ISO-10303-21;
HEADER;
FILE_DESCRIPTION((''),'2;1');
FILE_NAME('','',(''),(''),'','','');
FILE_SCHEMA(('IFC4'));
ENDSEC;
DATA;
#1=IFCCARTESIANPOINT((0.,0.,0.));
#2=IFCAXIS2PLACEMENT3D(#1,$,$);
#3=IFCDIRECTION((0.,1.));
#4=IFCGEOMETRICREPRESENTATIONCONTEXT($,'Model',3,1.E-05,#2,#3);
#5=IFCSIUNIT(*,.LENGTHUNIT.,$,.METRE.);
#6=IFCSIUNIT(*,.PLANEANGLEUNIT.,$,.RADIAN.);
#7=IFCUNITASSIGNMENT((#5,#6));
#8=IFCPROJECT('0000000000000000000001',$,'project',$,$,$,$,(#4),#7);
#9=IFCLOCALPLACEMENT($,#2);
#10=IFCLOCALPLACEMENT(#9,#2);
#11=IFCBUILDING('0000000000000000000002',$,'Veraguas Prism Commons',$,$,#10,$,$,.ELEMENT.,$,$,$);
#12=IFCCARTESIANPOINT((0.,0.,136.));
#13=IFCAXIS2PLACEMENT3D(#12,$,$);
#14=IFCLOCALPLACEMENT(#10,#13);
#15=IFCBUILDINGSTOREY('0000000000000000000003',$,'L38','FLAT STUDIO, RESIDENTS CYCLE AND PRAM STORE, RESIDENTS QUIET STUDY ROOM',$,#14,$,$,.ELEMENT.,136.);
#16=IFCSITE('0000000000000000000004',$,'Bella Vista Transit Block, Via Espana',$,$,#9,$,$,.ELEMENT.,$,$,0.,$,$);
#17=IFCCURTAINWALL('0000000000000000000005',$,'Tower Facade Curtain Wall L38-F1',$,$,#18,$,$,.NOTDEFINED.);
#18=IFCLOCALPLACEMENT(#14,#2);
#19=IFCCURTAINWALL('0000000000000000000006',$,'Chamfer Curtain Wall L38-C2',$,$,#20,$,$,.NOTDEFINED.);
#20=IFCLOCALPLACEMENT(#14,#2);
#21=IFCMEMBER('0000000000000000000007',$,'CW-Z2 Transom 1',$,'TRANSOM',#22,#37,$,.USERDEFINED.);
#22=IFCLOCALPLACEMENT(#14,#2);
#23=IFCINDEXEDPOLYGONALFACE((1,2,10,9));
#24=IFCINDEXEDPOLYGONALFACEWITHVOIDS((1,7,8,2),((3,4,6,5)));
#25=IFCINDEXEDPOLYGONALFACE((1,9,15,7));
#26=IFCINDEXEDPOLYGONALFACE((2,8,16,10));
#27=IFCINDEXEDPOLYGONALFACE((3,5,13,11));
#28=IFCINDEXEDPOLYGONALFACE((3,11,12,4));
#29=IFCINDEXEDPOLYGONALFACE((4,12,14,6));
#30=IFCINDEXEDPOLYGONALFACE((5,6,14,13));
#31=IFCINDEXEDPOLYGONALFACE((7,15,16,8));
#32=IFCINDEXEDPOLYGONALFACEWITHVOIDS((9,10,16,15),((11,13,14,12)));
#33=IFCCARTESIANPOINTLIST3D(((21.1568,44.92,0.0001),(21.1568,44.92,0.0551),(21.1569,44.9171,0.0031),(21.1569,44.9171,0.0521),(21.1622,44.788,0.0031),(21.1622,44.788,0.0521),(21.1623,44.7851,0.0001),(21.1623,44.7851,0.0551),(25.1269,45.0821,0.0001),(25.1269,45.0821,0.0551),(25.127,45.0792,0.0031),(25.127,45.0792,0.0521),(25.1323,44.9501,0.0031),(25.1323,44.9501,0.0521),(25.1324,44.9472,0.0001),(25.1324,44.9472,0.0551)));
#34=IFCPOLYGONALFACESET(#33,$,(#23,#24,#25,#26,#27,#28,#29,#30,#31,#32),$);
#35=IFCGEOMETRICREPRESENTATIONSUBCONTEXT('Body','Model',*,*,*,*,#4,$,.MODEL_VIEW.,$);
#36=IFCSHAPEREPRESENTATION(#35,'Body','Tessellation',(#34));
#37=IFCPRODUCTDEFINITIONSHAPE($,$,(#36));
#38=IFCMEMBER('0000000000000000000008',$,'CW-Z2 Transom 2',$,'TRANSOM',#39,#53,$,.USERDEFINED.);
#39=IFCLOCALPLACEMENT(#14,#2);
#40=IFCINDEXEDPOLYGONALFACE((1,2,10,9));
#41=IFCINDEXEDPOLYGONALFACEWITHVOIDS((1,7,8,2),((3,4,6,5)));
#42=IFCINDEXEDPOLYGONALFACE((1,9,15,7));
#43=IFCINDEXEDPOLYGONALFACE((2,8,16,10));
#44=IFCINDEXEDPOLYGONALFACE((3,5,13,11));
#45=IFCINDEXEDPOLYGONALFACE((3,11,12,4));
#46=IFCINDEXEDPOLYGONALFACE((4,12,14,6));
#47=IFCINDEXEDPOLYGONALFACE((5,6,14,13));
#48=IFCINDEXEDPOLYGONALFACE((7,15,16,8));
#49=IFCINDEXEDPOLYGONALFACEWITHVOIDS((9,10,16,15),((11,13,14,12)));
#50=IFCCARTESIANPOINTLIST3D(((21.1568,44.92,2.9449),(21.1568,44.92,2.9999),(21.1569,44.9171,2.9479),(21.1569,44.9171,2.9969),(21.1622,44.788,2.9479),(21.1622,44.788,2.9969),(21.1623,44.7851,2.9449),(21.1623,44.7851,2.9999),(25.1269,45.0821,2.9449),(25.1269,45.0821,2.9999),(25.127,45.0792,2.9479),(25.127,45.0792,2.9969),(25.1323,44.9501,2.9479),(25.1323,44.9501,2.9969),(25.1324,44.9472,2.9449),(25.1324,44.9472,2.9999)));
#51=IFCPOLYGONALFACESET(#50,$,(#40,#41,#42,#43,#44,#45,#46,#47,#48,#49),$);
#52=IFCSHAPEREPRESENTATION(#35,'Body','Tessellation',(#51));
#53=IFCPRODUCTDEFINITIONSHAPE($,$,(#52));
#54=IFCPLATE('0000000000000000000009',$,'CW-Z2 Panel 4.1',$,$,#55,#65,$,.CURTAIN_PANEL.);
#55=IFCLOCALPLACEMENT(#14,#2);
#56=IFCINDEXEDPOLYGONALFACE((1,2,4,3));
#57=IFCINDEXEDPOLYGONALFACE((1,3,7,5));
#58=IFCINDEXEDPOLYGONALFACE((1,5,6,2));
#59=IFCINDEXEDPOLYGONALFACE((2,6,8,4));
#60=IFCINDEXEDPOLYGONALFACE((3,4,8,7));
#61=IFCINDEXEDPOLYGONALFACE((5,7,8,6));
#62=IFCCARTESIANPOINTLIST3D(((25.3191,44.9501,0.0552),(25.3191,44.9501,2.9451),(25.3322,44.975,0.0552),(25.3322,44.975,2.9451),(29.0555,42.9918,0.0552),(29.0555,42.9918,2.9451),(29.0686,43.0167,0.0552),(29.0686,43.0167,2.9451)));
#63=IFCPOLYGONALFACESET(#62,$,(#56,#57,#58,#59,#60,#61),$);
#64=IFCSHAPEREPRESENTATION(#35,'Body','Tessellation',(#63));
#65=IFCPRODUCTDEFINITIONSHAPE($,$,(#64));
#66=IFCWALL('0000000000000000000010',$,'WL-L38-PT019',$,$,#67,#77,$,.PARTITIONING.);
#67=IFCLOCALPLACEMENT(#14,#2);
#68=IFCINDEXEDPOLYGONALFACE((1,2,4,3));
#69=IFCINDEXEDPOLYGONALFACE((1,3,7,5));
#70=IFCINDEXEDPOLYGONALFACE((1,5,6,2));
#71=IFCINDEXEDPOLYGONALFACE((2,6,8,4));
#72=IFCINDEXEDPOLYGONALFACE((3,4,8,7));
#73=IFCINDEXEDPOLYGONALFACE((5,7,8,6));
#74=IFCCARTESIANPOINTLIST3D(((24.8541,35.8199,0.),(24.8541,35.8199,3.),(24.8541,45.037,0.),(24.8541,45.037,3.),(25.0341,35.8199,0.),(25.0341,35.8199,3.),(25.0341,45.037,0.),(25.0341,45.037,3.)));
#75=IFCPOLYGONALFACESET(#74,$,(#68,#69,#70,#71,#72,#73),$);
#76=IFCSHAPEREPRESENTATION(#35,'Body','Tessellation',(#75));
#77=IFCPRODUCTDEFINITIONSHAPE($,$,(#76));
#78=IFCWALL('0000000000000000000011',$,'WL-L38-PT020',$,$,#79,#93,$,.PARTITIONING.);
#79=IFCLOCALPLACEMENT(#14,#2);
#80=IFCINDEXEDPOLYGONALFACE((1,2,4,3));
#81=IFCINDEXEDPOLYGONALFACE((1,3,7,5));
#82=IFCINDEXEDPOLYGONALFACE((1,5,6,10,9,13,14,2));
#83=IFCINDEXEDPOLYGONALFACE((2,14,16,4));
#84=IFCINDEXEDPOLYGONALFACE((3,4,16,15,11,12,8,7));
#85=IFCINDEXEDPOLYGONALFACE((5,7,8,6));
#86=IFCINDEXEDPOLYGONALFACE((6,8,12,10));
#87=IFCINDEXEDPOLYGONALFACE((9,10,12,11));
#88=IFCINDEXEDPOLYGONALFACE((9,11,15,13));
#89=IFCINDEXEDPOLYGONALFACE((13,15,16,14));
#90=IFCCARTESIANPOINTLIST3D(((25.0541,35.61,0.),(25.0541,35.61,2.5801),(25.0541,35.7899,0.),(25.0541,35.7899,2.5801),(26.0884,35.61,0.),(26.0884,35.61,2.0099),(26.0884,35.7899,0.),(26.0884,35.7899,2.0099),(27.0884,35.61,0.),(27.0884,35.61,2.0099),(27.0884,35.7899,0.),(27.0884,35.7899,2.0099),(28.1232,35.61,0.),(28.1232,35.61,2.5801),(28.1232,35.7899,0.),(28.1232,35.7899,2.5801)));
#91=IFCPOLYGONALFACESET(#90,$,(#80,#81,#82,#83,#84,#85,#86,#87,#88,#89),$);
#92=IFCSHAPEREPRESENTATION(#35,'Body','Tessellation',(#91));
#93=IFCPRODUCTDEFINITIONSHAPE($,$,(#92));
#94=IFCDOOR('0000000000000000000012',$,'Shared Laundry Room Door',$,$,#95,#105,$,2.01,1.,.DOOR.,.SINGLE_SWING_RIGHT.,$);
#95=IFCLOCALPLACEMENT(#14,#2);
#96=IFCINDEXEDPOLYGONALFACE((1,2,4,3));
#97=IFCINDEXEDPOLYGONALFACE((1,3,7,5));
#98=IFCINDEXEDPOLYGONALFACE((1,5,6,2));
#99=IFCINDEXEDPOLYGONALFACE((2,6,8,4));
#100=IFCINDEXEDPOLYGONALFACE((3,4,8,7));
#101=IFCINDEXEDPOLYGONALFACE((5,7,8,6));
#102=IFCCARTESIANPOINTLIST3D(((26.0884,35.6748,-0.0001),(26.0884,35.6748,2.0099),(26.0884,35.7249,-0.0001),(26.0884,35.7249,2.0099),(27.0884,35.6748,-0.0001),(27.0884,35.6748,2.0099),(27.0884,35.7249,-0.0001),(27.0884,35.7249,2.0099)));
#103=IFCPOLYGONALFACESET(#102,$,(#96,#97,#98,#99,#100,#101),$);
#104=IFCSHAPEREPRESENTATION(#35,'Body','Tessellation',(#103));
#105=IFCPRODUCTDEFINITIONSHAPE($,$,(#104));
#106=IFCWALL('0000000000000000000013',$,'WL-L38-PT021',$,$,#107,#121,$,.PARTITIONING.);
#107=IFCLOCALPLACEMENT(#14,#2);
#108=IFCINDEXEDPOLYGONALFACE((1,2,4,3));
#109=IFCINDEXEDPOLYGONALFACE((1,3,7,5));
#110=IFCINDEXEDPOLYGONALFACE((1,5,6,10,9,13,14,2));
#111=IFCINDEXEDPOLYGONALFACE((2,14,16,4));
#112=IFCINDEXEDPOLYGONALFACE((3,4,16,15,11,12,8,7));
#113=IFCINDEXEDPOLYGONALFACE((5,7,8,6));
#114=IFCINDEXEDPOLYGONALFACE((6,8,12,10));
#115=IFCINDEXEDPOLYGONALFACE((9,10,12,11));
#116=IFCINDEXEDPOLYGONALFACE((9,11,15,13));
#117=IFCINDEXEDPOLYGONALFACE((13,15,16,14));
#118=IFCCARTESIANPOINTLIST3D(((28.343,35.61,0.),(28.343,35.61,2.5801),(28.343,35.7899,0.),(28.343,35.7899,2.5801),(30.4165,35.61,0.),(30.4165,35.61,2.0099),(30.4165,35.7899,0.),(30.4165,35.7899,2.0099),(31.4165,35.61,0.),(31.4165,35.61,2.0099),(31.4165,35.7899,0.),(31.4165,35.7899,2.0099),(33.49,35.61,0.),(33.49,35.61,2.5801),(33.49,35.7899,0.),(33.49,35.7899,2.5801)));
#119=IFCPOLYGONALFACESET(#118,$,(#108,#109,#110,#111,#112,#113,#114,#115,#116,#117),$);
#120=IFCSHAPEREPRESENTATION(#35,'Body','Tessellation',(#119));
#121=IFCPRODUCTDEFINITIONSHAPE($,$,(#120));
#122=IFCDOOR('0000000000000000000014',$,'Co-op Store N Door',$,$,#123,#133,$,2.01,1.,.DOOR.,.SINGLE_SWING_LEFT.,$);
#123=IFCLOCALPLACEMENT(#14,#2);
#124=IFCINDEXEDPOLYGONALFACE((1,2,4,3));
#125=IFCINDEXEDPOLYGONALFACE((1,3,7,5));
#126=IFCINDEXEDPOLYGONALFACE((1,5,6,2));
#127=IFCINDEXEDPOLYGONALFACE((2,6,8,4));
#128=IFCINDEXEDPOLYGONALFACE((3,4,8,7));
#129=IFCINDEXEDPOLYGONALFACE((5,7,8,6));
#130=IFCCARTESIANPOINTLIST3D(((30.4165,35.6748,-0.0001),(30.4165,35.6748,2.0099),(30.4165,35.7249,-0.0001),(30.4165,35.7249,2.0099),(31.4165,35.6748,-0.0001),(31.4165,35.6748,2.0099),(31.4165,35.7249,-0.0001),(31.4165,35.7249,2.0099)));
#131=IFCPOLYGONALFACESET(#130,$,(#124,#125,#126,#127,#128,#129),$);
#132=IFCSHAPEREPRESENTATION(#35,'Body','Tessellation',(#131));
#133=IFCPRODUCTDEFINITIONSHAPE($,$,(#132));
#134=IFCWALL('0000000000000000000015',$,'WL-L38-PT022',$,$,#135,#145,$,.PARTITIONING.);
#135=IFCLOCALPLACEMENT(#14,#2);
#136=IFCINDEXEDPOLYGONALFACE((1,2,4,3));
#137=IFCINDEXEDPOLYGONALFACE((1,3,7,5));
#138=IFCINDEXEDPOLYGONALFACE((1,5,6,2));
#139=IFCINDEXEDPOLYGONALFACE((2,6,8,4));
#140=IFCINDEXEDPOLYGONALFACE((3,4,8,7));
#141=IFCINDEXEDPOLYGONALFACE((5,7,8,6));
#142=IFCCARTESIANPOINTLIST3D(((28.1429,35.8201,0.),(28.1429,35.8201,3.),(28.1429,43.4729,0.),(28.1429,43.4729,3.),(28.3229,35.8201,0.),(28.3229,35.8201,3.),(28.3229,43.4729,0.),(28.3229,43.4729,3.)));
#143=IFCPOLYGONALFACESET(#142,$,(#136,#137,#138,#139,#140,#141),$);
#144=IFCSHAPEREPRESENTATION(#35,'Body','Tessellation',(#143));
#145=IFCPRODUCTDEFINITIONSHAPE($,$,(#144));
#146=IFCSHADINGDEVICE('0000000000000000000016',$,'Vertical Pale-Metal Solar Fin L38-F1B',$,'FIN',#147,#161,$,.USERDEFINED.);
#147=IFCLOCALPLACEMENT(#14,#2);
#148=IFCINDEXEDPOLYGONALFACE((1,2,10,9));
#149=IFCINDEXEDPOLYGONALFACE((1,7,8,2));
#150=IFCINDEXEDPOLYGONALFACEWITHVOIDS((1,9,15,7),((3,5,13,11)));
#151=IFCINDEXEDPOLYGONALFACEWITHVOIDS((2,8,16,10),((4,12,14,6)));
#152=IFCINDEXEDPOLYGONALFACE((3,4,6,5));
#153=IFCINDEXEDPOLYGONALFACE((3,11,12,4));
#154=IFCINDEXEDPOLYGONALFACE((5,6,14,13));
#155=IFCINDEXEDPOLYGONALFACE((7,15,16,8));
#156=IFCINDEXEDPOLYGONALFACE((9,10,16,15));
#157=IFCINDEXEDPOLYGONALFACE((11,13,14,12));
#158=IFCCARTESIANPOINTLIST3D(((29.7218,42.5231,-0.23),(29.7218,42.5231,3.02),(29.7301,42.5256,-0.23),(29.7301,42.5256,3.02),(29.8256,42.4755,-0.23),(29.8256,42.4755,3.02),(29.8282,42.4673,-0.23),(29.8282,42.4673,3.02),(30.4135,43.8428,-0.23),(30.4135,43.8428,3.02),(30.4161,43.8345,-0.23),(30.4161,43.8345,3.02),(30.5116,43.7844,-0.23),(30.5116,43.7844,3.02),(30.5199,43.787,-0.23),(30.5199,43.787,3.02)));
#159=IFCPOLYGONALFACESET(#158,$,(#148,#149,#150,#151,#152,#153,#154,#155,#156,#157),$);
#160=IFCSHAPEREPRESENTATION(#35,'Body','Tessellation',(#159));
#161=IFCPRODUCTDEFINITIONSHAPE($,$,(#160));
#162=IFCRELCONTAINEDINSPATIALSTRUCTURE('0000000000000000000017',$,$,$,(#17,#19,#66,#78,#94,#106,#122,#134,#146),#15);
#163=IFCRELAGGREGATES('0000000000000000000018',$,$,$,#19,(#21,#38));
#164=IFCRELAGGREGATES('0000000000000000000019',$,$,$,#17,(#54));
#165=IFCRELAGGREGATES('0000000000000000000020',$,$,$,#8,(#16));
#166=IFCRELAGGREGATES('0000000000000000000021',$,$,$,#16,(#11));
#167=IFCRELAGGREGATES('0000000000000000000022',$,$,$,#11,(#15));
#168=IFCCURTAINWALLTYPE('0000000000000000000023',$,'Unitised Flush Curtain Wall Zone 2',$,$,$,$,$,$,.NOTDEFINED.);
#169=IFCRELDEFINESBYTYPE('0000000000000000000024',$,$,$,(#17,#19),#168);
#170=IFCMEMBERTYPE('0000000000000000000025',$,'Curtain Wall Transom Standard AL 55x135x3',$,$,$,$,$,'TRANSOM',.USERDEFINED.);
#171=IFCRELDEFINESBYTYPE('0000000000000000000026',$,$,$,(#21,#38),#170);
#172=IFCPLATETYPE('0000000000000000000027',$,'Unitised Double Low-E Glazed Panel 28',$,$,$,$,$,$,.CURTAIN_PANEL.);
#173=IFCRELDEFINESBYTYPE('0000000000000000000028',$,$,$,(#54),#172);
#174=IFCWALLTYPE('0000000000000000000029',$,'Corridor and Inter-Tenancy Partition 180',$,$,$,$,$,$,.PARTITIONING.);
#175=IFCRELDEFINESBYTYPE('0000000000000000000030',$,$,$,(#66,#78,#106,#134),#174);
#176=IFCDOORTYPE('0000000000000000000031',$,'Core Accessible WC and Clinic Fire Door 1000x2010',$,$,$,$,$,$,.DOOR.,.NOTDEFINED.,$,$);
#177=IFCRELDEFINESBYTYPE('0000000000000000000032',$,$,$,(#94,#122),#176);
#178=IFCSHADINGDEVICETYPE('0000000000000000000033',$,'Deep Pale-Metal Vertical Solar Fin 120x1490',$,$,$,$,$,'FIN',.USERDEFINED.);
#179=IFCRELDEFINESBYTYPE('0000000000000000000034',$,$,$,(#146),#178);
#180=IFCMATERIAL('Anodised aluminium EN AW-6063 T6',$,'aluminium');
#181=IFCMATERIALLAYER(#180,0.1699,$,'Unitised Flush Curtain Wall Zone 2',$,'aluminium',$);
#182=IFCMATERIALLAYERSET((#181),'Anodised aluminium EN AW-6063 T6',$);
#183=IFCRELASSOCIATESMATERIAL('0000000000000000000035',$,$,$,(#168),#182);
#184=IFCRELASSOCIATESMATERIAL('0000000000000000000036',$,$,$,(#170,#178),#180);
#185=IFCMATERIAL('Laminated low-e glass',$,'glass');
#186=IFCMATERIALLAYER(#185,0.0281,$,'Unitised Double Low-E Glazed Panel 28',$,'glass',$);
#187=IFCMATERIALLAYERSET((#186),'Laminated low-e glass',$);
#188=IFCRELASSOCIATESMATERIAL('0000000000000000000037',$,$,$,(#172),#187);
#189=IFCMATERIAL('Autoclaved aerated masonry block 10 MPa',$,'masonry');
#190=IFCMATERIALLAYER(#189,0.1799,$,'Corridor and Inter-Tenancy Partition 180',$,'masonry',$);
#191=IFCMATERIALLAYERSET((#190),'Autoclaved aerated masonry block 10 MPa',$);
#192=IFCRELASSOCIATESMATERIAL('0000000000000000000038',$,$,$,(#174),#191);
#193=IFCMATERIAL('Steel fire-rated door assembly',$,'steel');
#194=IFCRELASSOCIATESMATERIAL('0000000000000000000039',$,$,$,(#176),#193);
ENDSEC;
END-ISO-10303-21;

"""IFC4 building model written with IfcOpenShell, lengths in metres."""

from ifc_helpers import new_model, si_unit, direction, frame, frame_2d, origin, origin_2d, place, context, subcontext, project, spatial, rectangle, hollow_rectangle, extrude, source, transform, mapped, material, layer, layer_set, material_profile, profile_set, type_object, element, fill, aggregate, save


model = new_model("IFC4")

# Units and contexts
model_context = context("Model", 3, precision=1e-05, world=origin(), true_north=direction((0.0, 1.0)))
body_context = subcontext(model_context, "Body", "Model", "MODEL_VIEW")
ifc_project = project(units=[si_unit("LENGTHUNIT", "METRE"), si_unit("PLANEANGLEUNIT", "RADIAN")], contexts=[model_context])

# Site, building, storey
site_placement = place(None, origin())
site = spatial("IfcSite", under=ifc_project, at=site_placement, Name="Bella Vista Transit Block, Via Espana", CompositionType="ELEMENT", RefElevation=0.0)
building_placement = place(site_placement, origin())
building = spatial("IfcBuilding", under=site, at=building_placement, Name="Veraguas Prism Commons", CompositionType="ELEMENT")
storey_placement = place(building_placement, frame((0.0, 0.0, 136.0)))
storey = spatial("IfcBuildingStorey", under=building, at=storey_placement, Name="L38", Description="FLAT STUDIO, RESIDENTS CYCLE AND PRAM STORE, RESIDENTS QUIET STUDY ROOM", CompositionType="ELEMENT", Elevation=136.0)

# Curtain walls, members
ifc_material_1 = material(Name="Anodised aluminium EN AW-6063 T6", Category="aluminium")
ifc_layer_1 = layer(ifc_material_1, 0.1699, Name="Unitised Flush Curtain Wall Zone 2", Category="aluminium")
ifc_layer_set_1 = layer_set([ifc_layer_1], Name="Anodised aluminium EN AW-6063 T6")
curtain_wall_type = type_object("IfcCurtainWallType", Name="Unitised Flush Curtain Wall Zone 2", PredefinedType="NOTDEFINED", material=ifc_layer_set_1)
curtain_wall_1_placement = place(storey_placement, origin())
curtain_wall_1 = element("IfcCurtainWall", 1, at=curtain_wall_1_placement, inside=storey, type_object=curtain_wall_type, Name="Tower Facade Curtain Wall L38-F1", PredefinedType="NOTDEFINED")
curtain_wall_2_placement = place(storey_placement, origin())
curtain_wall_2 = element("IfcCurtainWall", 2, at=curtain_wall_2_placement, inside=storey, type_object=curtain_wall_type, Name="Chamfer Curtain Wall L38-C2", PredefinedType="NOTDEFINED")
ifc_material_profile_1 = material_profile(ifc_material_1, hollow_rectangle(XDim=0.0549, YDim=0.135, WallThickness=0.0029, at=origin_2d()), Name="AL55X135X3")
ifc_profile_set_1 = profile_set([ifc_material_profile_1], Name="Anodised aluminium EN AW-6063 T6")
member_type_1 = type_object("IfcMemberType", Name="Curtain Wall Transom Standard AL 55x135x3", ElementType="TRANSOM", PredefinedType="USERDEFINED", material=ifc_profile_set_1)
shared_shape_1 = source(origin(), body_context, "Body", "SweptSolid", [
    extrude(hollow_rectangle(XDim=0.0549, YDim=0.135, WallThickness=0.0029, at=origin_2d()), origin(), (0.0, 0.0, 1.0), 3.9734),
])
member_1_placement = place(storey_placement, frame((25.1296, 45.0146, 0.0276), z_axis=(-0.999167, -0.0408, 0.0), x_axis=(0.0, 0.0, 1.0)))
member_1 = element("IfcMember", 3, at=member_1_placement, type_object=member_type_1, Name="CW-Z2 Transom 1", ObjectType="TRANSOM", PredefinedType="USERDEFINED", context=body_context, shape_type="MappedRepresentation", body=[
    mapped(shared_shape_1, transform((0.0, 0.0, 0.0), scale=1.0)),
])
member_2_placement = place(storey_placement, frame((25.1296, 45.0146, 2.9724), z_axis=(-0.999167, -0.0408, 0.0), x_axis=(0.0, 0.0, 1.0)))
member_2 = element("IfcMember", 4, at=member_2_placement, type_object=member_type_1, Name="CW-Z2 Transom 2", ObjectType="TRANSOM", PredefinedType="USERDEFINED", context=body_context, shape_type="MappedRepresentation", body=[
    mapped(shared_shape_1, transform((0.0, 0.0, 0.0), scale=1.0)),
])
aggregate(curtain_wall_2, [member_1, member_2])

# Plate
ifc_material_2 = material(Name="Laminated low-e glass", Category="glass")
ifc_layer_2 = layer(ifc_material_2, 0.0281, Name="Unitised Double Low-E Glazed Panel 28", Category="glass")
ifc_layer_set_2 = layer_set([ifc_layer_2], Name="Laminated low-e glass")
plate_type = type_object("IfcPlateType", Name="Unitised Double Low-E Glazed Panel 28", PredefinedType="CURTAIN_PANEL", material=ifc_layer_set_2)
shared_shape_2 = source(origin(), body_context, "Body", "SweptSolid", [
    extrude(rectangle(XDim=4.2185, YDim=0.0281, at=origin_2d()), origin(), (0.0, 0.0, 1.0), 2.8899),
])
plate_placement = place(storey_placement, frame((27.1938, 43.9834, 0.0552), z_axis=(0.0, 0.0, 1.0), x_axis=(-0.885722, 0.464216, 0.0)))
plate = element("IfcPlate", 5, at=plate_placement, type_object=plate_type, Name="CW-Z2 Panel 4.1", PredefinedType="CURTAIN_PANEL", context=body_context, shape_type="MappedRepresentation", body=[
    mapped(shared_shape_2, transform((0.0, 0.0, 0.0), scale=1.0)),
])
aggregate(curtain_wall_1, [plate])

# Wall
ifc_material_3 = material(Name="Autoclaved aerated masonry block 10 MPa", Category="masonry")
ifc_layer_3 = layer(ifc_material_3, 0.1799, Name="Corridor and Inter-Tenancy Partition 180", Category="masonry")
ifc_layer_set_3 = layer_set([ifc_layer_3], Name="Autoclaved aerated masonry block 10 MPa")
wall_type = type_object("IfcWallType", Name="Corridor and Inter-Tenancy Partition 180", PredefinedType="PARTITIONING", material=ifc_layer_set_3)
wall_1_placement = place(storey_placement, frame((24.9441, 35.8201, 0.0), z_axis=(0.0, 0.0, 1.0), x_axis=(0.0, 1.0, 0.0)))
element("IfcWall", 6, at=wall_1_placement, inside=storey, type_object=wall_type, Name="WL-L38-PT019", PredefinedType="PARTITIONING", context=body_context, shape_type="SweptSolid", body=[
    extrude(rectangle(XDim=9.217, YDim=0.1799, at=frame_2d((4.6084, 0.0))), origin(), (0.0, 0.0, 1.0), 3.0),
])

# Walls, openings, doors
wall_2_placement = place(storey_placement, frame((25.054, 35.7, 0.0), z_axis=(0.0, 0.0, 1.0), x_axis=(1.0, 0.0, 0.0)))
wall_2 = element("IfcWall", 7, at=wall_2_placement, inside=storey, type_object=wall_type, Name="WL-L38-PT020", PredefinedType="PARTITIONING", context=body_context, shape_type="SweptSolid", body=[
    extrude(rectangle(XDim=3.0691, YDim=0.1799, at=frame_2d((1.5347, 0.0))), origin(), (0.0, 0.0, 1.0), 2.5801),
])
opening_1_placement = place(wall_2_placement, frame((1.0344, 0.0, 0.0)))
opening_1 = element("IfcOpeningElement", 8, at=opening_1_placement, cuts=wall_2, PredefinedType="OPENING", context=body_context, shape_type="SweptSolid", body=[
    extrude(rectangle(XDim=1.0, YDim=2.01, at=frame_2d((0.5, 1.0049))), frame((0.0, 0.0999, 0.0), z_axis=(0.0, -1.0, 0.0), x_axis=(1.0, 0.0, 0.0)), (0.0, 0.0, 1.0), 0.2),
])
ifc_material_4 = material(Name="Steel fire-rated door assembly", Category="steel")
door_type = type_object("IfcDoorType", Name="Core Accessible WC and Clinic Fire Door 1000x2010", OperationType="NOTDEFINED", PredefinedType="DOOR", material=ifc_material_4)
shared_shape_3 = source(origin(), body_context, "Body", "SweptSolid", [
    extrude(rectangle(XDim=1.0, YDim=2.01, at=frame_2d((0.5, 1.0049))), frame((0.0, 0.0249, 0.0), z_axis=(0.0, -1.0, 0.0), x_axis=(1.0, 0.0, 0.0)), (0.0, 0.0, 1.0), 0.05),
])
door_1_placement = place(opening_1_placement, origin())
door_1 = element("IfcDoor", 9, at=door_1_placement, inside=storey, type_object=door_type, Name="Shared Laundry Room Door", OperationType="SINGLE_SWING_RIGHT", OverallHeight=2.01, OverallWidth=1.0, PredefinedType="DOOR", context=body_context, shape_type="MappedRepresentation", body=[
    mapped(shared_shape_3, transform((0.0, 0.0, 0.0), scale=1.0)),
])
fill(opening_1, door_1)
wall_3_placement = place(storey_placement, frame((28.343, 35.7, 0.0), z_axis=(0.0, 0.0, 1.0), x_axis=(1.0, 0.0, 0.0)))
wall_3 = element("IfcWall", 10, at=wall_3_placement, inside=storey, type_object=wall_type, Name="WL-L38-PT021", PredefinedType="PARTITIONING", context=body_context, shape_type="SweptSolid", body=[
    extrude(rectangle(XDim=5.147, YDim=0.1799, at=frame_2d((2.5735, 0.0))), origin(), (0.0, 0.0, 1.0), 2.5801),
])
opening_2_placement = place(wall_3_placement, frame((2.0735, 0.0, 0.0)))
opening_2 = element("IfcOpeningElement", 11, at=opening_2_placement, cuts=wall_3, PredefinedType="OPENING", context=body_context, shape_type="SweptSolid", body=[
    extrude(rectangle(XDim=1.0, YDim=2.01, at=frame_2d((0.5, 1.0049))), frame((0.0, 0.0999, 0.0), z_axis=(0.0, -1.0, 0.0), x_axis=(1.0, 0.0, 0.0)), (0.0, 0.0, 1.0), 0.2),
])
door_2_placement = place(opening_2_placement, origin())
door_2 = element("IfcDoor", 12, at=door_2_placement, inside=storey, type_object=door_type, Name="Co-op Store N Door", OperationType="SINGLE_SWING_LEFT", OverallHeight=2.01, OverallWidth=1.0, PredefinedType="DOOR", context=body_context, shape_type="MappedRepresentation", body=[
    mapped(shared_shape_3, transform((0.0, 0.0, 0.0), scale=1.0)),
])
fill(opening_2, door_2)

# Wall
wall_4_placement = place(storey_placement, frame((28.2329, 35.8201, 0.0), z_axis=(0.0, 0.0, 1.0), x_axis=(0.0, 1.0, 0.0)))
element("IfcWall", 13, at=wall_4_placement, inside=storey, type_object=wall_type, Name="WL-L38-PT022", PredefinedType="PARTITIONING", context=body_context, shape_type="SweptSolid", body=[
    extrude(rectangle(XDim=7.6528, YDim=0.1799, at=frame_2d((3.8264, 0.0))), origin(), (0.0, 0.0, 1.0), 3.0),
])

# Shading device
ifc_material_profile_2 = material_profile(ifc_material_1, hollow_rectangle(XDim=0.1201, YDim=1.49, WallThickness=0.0061, at=origin_2d()), Name="FIN120X1490X6")
ifc_profile_set_2 = profile_set([ifc_material_profile_2], Name="Anodised aluminium EN AW-6063 T6")
shading_device_type = type_object("IfcShadingDeviceType", Name="Deep Pale-Metal Vertical Solar Fin 120x1490", ElementType="FIN", PredefinedType="USERDEFINED", material=ifc_profile_set_2)
shading_device_placement = place(storey_placement, frame((30.1208, 43.155, -0.23), z_axis=(0.0, 0.0, 1.0), x_axis=(-0.885719, 0.464222, 0.0)))
element("IfcShadingDevice", 14, at=shading_device_placement, inside=storey, type_object=shading_device_type, Name="Vertical Pale-Metal Solar Fin L38-F1B", ObjectType="FIN", PredefinedType="USERDEFINED", context=body_context, shape_type="SweptSolid", body=[
    extrude(hollow_rectangle(XDim=0.1201, YDim=1.49, WallThickness=0.0061, at=origin_2d()), origin(), (0.0, 0.0, 1.0), 3.25),
])

save(model, "model.ifc")
